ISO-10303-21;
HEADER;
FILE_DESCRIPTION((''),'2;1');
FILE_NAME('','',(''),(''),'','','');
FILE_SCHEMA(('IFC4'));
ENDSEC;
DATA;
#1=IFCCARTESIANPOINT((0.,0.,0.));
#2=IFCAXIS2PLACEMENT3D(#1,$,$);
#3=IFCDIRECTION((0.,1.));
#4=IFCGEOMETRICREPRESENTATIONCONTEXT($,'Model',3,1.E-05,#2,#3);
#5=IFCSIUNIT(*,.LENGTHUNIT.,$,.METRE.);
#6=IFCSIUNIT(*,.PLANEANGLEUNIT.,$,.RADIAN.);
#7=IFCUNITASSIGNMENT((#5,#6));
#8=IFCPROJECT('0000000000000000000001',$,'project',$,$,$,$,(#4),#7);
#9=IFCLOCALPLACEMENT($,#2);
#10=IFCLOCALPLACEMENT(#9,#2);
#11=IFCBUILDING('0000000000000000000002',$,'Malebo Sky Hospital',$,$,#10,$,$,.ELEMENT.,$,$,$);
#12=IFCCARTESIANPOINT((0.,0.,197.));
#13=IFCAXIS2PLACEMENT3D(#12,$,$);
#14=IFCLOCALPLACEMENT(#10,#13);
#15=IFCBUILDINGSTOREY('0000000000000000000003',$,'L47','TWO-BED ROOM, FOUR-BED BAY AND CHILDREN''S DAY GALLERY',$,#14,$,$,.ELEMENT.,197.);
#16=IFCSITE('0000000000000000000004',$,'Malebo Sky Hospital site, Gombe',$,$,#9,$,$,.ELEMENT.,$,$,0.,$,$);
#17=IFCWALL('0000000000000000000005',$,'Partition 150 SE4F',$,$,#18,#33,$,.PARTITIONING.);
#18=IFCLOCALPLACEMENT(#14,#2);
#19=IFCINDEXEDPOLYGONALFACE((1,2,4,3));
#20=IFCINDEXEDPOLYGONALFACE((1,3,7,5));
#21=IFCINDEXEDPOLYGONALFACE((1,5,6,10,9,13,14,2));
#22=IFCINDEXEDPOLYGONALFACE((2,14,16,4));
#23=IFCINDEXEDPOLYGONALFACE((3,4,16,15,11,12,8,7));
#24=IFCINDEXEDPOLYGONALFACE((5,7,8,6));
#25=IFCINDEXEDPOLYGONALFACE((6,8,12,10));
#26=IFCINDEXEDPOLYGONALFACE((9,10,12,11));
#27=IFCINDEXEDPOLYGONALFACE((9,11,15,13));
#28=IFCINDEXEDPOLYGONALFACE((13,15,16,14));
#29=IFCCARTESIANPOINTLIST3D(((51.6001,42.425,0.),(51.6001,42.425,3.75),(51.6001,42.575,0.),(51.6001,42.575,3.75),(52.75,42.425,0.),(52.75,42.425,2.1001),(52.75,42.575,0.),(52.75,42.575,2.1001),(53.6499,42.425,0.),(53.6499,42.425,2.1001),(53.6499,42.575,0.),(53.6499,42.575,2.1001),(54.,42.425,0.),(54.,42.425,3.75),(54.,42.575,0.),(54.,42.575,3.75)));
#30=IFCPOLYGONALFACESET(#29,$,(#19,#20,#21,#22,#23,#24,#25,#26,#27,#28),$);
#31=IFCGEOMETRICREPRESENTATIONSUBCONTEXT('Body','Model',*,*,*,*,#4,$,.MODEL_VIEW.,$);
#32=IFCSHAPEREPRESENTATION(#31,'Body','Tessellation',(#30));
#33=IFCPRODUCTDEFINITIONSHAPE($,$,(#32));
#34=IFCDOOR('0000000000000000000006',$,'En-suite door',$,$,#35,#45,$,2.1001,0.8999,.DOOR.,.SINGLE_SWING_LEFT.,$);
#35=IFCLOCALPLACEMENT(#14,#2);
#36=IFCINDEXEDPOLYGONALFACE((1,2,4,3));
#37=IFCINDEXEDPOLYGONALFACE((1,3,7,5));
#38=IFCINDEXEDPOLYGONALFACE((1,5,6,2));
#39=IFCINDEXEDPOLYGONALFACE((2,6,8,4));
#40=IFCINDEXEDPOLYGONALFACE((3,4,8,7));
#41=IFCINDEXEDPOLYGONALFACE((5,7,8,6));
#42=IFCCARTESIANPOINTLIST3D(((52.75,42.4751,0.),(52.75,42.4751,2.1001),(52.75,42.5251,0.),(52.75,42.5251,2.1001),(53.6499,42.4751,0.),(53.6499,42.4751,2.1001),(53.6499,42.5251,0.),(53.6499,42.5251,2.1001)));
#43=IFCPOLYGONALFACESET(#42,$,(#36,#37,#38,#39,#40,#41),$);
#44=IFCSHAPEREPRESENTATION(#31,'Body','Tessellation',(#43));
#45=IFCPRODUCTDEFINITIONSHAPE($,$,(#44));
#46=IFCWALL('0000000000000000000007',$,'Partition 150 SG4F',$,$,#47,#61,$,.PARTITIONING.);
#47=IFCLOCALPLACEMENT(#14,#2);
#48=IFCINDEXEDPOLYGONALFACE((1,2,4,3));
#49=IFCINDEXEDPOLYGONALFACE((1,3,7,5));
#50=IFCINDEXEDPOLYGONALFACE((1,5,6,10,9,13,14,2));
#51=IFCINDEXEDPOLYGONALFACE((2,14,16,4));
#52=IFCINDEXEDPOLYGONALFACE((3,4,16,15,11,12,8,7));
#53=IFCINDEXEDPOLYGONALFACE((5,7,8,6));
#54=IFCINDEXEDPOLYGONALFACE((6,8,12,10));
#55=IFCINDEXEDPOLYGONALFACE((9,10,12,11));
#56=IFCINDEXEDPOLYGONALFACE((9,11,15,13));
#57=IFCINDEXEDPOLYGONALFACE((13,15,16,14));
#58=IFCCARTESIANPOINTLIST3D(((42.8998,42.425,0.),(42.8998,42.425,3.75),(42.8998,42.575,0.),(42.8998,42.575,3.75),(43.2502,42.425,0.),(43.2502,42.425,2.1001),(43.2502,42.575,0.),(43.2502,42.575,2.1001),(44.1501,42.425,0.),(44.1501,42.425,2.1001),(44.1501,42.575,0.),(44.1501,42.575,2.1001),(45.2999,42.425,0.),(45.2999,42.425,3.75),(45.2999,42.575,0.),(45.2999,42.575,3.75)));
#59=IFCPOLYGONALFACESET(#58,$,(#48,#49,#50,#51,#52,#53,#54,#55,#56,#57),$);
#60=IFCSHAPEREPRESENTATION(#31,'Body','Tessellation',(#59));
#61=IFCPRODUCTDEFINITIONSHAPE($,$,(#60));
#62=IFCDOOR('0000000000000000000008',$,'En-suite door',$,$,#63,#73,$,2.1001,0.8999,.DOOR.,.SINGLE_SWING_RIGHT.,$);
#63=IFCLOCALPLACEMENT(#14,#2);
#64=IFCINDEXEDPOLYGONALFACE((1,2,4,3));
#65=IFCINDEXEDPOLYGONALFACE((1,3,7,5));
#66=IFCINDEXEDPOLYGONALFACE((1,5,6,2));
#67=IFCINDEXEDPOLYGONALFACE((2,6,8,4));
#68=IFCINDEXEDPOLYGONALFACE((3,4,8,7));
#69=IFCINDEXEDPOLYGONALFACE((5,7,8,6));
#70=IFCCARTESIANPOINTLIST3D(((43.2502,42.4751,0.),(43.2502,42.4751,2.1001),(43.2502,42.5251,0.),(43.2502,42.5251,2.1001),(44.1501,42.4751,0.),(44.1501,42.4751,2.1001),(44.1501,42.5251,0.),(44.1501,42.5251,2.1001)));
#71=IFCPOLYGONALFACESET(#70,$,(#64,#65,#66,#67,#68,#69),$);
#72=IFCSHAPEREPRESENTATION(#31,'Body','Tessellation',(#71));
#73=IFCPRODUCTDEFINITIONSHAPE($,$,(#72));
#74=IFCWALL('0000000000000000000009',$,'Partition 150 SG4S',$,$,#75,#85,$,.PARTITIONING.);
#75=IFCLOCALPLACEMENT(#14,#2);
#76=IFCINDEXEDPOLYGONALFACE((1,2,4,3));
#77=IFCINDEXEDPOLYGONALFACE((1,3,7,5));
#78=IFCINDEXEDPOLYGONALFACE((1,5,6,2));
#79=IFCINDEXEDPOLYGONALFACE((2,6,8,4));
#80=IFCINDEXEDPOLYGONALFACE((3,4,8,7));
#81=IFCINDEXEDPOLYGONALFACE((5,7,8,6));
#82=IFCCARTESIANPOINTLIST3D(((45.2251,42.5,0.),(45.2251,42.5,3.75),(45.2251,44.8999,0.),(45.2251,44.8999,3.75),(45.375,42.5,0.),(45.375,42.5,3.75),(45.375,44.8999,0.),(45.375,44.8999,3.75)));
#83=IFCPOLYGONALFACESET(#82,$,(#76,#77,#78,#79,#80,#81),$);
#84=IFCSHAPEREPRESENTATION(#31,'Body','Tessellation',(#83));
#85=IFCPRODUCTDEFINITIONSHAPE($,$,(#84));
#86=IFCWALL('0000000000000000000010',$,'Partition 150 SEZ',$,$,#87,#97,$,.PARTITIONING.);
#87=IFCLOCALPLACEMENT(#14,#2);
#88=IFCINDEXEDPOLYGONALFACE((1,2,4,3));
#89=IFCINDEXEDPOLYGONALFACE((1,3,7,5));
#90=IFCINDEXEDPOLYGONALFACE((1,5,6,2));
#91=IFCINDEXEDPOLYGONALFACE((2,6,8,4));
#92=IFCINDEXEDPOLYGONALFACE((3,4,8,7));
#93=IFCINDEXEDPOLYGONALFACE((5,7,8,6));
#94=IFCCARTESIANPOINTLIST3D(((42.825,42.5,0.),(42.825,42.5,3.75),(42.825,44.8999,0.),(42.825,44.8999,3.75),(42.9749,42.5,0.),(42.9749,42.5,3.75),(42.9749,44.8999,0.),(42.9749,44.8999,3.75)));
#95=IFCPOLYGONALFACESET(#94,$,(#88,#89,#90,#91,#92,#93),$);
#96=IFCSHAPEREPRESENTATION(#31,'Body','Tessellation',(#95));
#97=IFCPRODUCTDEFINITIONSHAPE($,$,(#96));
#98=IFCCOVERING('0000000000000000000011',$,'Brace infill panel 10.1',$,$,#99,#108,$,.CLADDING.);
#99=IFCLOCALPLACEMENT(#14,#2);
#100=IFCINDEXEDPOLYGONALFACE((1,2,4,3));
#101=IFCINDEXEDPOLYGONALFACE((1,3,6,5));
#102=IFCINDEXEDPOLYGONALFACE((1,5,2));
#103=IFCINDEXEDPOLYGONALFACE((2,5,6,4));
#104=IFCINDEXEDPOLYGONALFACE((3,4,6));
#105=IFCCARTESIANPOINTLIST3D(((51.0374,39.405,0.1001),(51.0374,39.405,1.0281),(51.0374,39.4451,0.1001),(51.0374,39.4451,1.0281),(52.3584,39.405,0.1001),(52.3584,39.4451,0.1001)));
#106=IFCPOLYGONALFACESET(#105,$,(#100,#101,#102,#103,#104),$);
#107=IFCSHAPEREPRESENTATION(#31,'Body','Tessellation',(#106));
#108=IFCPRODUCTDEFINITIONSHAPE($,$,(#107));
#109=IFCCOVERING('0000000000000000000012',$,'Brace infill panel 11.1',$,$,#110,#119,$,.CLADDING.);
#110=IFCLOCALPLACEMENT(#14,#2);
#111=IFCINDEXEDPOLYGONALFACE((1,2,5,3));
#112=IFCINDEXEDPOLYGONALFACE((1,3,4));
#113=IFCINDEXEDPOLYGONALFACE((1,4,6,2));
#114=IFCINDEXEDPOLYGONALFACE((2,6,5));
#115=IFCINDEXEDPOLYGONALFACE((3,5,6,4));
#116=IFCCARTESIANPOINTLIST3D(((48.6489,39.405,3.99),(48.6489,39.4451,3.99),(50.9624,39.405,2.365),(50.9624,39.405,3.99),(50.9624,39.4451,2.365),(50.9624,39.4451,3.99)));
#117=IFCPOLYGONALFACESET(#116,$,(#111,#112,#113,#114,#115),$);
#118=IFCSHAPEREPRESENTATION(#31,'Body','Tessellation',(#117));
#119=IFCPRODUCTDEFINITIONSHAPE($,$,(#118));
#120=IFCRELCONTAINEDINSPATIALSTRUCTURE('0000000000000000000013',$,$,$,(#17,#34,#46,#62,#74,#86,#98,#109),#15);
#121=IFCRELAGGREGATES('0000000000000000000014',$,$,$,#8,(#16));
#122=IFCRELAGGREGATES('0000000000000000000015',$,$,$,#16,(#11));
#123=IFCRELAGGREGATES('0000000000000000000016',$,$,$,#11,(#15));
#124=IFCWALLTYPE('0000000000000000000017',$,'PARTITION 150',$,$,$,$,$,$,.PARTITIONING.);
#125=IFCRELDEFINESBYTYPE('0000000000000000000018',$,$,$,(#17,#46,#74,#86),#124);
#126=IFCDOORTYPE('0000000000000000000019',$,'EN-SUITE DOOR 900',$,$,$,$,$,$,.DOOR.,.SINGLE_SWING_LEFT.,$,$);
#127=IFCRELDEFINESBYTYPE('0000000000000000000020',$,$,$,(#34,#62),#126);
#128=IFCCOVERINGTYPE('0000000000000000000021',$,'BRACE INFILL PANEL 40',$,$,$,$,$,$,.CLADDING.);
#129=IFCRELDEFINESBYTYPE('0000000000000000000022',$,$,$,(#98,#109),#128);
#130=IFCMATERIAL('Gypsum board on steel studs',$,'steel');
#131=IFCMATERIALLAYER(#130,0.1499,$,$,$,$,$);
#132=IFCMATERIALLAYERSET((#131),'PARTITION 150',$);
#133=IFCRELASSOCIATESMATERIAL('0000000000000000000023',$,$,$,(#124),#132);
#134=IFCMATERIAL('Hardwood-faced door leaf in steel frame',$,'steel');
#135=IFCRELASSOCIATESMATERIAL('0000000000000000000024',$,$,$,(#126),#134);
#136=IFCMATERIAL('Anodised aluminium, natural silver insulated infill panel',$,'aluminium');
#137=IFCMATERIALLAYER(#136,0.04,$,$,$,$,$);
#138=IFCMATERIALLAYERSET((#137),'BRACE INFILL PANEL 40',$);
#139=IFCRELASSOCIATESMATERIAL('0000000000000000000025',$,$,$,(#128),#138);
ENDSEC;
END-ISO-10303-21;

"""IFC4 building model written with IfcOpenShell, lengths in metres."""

from ifc_helpers import new_model, si_unit, direction, frame, frame_2d, origin, place, context, subcontext, project, spatial, polyline, rectangle, outline, extrude, material, layer, layer_set, type_object, element, fill, save


model = new_model("IFC4")

# Units and contexts
model_context = context("Model", 3, precision=1e-05, world=origin(), true_north=direction((0.0, 1.0)))
body_context = subcontext(model_context, "Body", "Model", "MODEL_VIEW")
ifc_project = project(units=[si_unit("LENGTHUNIT", "METRE"), si_unit("PLANEANGLEUNIT", "RADIAN")], contexts=[model_context])

# Site, building, storey
site_placement = place(None, origin())
site = spatial("IfcSite", under=ifc_project, at=site_placement, Name="Malebo Sky Hospital site, Gombe", CompositionType="ELEMENT", RefElevation=0.0)
building_placement = place(site_placement, origin())
building = spatial("IfcBuilding", under=site, at=building_placement, Name="Malebo Sky Hospital", CompositionType="ELEMENT")
storey_placement = place(building_placement, frame((0.0, 0.0, 197.0)))
storey = spatial("IfcBuildingStorey", under=building, at=storey_placement, Name="L47", Description="TWO-BED ROOM, FOUR-BED BAY AND CHILDREN'S DAY GALLERY", CompositionType="ELEMENT", Elevation=197.0)

# Walls, openings, doors
ifc_material_1 = material(Name="Gypsum board on steel studs", Category="steel")
ifc_layer_1 = layer(ifc_material_1, 0.1499)
ifc_layer_set_1 = layer_set([ifc_layer_1], Name="PARTITION 150")
wall_type = type_object("IfcWallType", Name="PARTITION 150", PredefinedType="PARTITIONING", material=ifc_layer_set_1)
wall_1_placement = place(storey_placement, frame((54.0, 42.5, 0.0), z_axis=(0.0, 0.0, 1.0), x_axis=(-1.0, 0.0, 0.0)))
wall_1 = element("IfcWall", 1, at=wall_1_placement, inside=storey, type_object=wall_type, Name="Partition 150 SE4F", PredefinedType="PARTITIONING", context=body_context, shape_type="SweptSolid", body=[
    extrude(rectangle(XDim=2.3999, YDim=0.1499, at=frame_2d((1.2, 0.0))), origin(), (0.0, 0.0, 1.0), 3.75),
])
opening_1_placement = place(wall_1_placement, frame((0.3501, 0.0, 0.0)))
opening_1 = element("IfcOpeningElement", 2, at=opening_1_placement, cuts=wall_1, PredefinedType="OPENING", context=body_context, shape_type="SweptSolid", body=[
    extrude(rectangle(XDim=0.8999, YDim=2.1001, at=frame_2d((0.45, 1.05))), frame((0.0, 0.085, 0.0), z_axis=(0.0, -1.0, 0.0), x_axis=(1.0, 0.0, 0.0)), (0.0, 0.0, 1.0), 0.1699),
])
ifc_material_2 = material(Name="Hardwood-faced door leaf in steel frame", Category="steel")
door_type = type_object("IfcDoorType", Name="EN-SUITE DOOR 900", OperationType="SINGLE_SWING_LEFT", PredefinedType="DOOR", material=ifc_material_2)
door_1_placement = place(opening_1_placement, origin())
door_1 = element("IfcDoor", 3, at=door_1_placement, inside=storey, type_object=door_type, Name="En-suite door", OperationType="SINGLE_SWING_LEFT", OverallHeight=2.1001, OverallWidth=0.8999, PredefinedType="DOOR", context=body_context, shape_type="SweptSolid", body=[
    extrude(rectangle(XDim=0.8999, YDim=2.1001, at=frame_2d((0.45, 1.05))), frame((0.0, 0.0249, 0.0), z_axis=(0.0, -1.0, 0.0), x_axis=(1.0, 0.0, 0.0)), (0.0, 0.0, 1.0), 0.05),
])
fill(opening_1, door_1)
wall_2_placement = place(storey_placement, frame((45.3, 42.5, 0.0), z_axis=(0.0, 0.0, 1.0), x_axis=(-1.0, 0.0, 0.0)))
wall_2 = element("IfcWall", 4, at=wall_2_placement, inside=storey, type_object=wall_type, Name="Partition 150 SG4F", PredefinedType="PARTITIONING", context=body_context, shape_type="SweptSolid", body=[
    extrude(rectangle(XDim=2.4001, YDim=0.1499, at=frame_2d((1.2002, 0.0))), origin(), (0.0, 0.0, 1.0), 3.75),
])
opening_2_placement = place(wall_2_placement, frame((1.1499, 0.0, 0.0)))
opening_2 = element("IfcOpeningElement", 5, at=opening_2_placement, cuts=wall_2, PredefinedType="OPENING", context=body_context, shape_type="SweptSolid", body=[
    extrude(rectangle(XDim=0.8999, YDim=2.1001, at=frame_2d((0.45, 1.05))), frame((0.0, 0.085, 0.0), z_axis=(0.0, -1.0, 0.0), x_axis=(1.0, 0.0, 0.0)), (0.0, 0.0, 1.0), 0.1699),
])
door_2_placement = place(opening_2_placement, origin())
door_2 = element("IfcDoor", 6, at=door_2_placement, inside=storey, type_object=door_type, Name="En-suite door", OperationType="SINGLE_SWING_RIGHT", OverallHeight=2.1001, OverallWidth=0.8999, PredefinedType="DOOR", context=body_context, shape_type="SweptSolid", body=[
    extrude(rectangle(XDim=0.8999, YDim=2.1001, at=frame_2d((0.45, 1.05))), frame((0.0, 0.0249, 0.0), z_axis=(0.0, -1.0, 0.0), x_axis=(1.0, 0.0, 0.0)), (0.0, 0.0, 1.0), 0.05),
])
fill(opening_2, door_2)

# Walls
for number, where, z_axis, x_axis, name in (
    (7, (45.3, 44.8999, 0.0), (0.0, 0.0, 1.0), (0.0, -1.0, 0.0), "Partition 150 SG4S"),
    (8, (42.8999, 44.8999, 0.0), (0.0, 0.0, 1.0), (0.0, -1.0, 0.0), "Partition 150 SEZ"),
):
    element("IfcWall", number, at=place(storey_placement, frame(where, z_axis=z_axis, x_axis=x_axis)), inside=storey, type_object=wall_type, Name=name, PredefinedType="PARTITIONING", context=body_context, shape_type="SweptSolid", body=[
        extrude(rectangle(XDim=2.3999, YDim=0.1499, at=frame_2d((1.2, 0.0))), origin(), (0.0, 0.0, 1.0), 3.75),
    ])

# Coverings
ifc_material_3 = material(Name="Anodised aluminium, natural silver insulated infill panel", Category="aluminium")
ifc_layer_2 = layer(ifc_material_3, 0.04)
ifc_layer_set_2 = layer_set([ifc_layer_2], Name="BRACE INFILL PANEL 40")
covering_type = type_object("IfcCoveringType", Name="BRACE INFILL PANEL 40", PredefinedType="CLADDING", material=ifc_layer_set_2)
covering_1_placement = place(storey_placement, frame((51.698, 39.425, 0.1001), z_axis=(0.0, 0.0, 1.0), x_axis=(-1.0, 0.0, 0.0)))
element("IfcCovering", 9, at=covering_1_placement, inside=storey, type_object=covering_type, Name="Brace infill panel 10.1", PredefinedType="CLADDING", context=body_context, shape_type="SweptSolid", body=[
    extrude(outline(polyline([(-0.6604, 0.0), (0.6606, 0.0), (0.6606, 0.928), (-0.6604, 0.0)])), frame((0.0, 0.02, 0.0), z_axis=(0.0, -1.0, 0.0), x_axis=(1.0, 0.0, 0.0)), (0.0, 0.0, 1.0), 0.04),
])
covering_2_placement = place(storey_placement, frame((49.8057, 39.425, 2.365), z_axis=(0.0, 0.0, 1.0), x_axis=(-1.0, 0.0, 0.0)))
element("IfcCovering", 10, at=covering_2_placement, inside=storey, type_object=covering_type, Name="Brace infill panel 11.1", PredefinedType="CLADDING", context=body_context, shape_type="SweptSolid", body=[
    extrude(outline(polyline([(-1.1567, 0.0), (1.1567, 1.625), (-1.1567, 1.625), (-1.1567, 0.0)])), frame((0.0, 0.02, 0.0), z_axis=(0.0, -1.0, 0.0), x_axis=(1.0, 0.0, 0.0)), (0.0, 0.0, 1.0), 0.04),
])

save(model, "model.ifc")
